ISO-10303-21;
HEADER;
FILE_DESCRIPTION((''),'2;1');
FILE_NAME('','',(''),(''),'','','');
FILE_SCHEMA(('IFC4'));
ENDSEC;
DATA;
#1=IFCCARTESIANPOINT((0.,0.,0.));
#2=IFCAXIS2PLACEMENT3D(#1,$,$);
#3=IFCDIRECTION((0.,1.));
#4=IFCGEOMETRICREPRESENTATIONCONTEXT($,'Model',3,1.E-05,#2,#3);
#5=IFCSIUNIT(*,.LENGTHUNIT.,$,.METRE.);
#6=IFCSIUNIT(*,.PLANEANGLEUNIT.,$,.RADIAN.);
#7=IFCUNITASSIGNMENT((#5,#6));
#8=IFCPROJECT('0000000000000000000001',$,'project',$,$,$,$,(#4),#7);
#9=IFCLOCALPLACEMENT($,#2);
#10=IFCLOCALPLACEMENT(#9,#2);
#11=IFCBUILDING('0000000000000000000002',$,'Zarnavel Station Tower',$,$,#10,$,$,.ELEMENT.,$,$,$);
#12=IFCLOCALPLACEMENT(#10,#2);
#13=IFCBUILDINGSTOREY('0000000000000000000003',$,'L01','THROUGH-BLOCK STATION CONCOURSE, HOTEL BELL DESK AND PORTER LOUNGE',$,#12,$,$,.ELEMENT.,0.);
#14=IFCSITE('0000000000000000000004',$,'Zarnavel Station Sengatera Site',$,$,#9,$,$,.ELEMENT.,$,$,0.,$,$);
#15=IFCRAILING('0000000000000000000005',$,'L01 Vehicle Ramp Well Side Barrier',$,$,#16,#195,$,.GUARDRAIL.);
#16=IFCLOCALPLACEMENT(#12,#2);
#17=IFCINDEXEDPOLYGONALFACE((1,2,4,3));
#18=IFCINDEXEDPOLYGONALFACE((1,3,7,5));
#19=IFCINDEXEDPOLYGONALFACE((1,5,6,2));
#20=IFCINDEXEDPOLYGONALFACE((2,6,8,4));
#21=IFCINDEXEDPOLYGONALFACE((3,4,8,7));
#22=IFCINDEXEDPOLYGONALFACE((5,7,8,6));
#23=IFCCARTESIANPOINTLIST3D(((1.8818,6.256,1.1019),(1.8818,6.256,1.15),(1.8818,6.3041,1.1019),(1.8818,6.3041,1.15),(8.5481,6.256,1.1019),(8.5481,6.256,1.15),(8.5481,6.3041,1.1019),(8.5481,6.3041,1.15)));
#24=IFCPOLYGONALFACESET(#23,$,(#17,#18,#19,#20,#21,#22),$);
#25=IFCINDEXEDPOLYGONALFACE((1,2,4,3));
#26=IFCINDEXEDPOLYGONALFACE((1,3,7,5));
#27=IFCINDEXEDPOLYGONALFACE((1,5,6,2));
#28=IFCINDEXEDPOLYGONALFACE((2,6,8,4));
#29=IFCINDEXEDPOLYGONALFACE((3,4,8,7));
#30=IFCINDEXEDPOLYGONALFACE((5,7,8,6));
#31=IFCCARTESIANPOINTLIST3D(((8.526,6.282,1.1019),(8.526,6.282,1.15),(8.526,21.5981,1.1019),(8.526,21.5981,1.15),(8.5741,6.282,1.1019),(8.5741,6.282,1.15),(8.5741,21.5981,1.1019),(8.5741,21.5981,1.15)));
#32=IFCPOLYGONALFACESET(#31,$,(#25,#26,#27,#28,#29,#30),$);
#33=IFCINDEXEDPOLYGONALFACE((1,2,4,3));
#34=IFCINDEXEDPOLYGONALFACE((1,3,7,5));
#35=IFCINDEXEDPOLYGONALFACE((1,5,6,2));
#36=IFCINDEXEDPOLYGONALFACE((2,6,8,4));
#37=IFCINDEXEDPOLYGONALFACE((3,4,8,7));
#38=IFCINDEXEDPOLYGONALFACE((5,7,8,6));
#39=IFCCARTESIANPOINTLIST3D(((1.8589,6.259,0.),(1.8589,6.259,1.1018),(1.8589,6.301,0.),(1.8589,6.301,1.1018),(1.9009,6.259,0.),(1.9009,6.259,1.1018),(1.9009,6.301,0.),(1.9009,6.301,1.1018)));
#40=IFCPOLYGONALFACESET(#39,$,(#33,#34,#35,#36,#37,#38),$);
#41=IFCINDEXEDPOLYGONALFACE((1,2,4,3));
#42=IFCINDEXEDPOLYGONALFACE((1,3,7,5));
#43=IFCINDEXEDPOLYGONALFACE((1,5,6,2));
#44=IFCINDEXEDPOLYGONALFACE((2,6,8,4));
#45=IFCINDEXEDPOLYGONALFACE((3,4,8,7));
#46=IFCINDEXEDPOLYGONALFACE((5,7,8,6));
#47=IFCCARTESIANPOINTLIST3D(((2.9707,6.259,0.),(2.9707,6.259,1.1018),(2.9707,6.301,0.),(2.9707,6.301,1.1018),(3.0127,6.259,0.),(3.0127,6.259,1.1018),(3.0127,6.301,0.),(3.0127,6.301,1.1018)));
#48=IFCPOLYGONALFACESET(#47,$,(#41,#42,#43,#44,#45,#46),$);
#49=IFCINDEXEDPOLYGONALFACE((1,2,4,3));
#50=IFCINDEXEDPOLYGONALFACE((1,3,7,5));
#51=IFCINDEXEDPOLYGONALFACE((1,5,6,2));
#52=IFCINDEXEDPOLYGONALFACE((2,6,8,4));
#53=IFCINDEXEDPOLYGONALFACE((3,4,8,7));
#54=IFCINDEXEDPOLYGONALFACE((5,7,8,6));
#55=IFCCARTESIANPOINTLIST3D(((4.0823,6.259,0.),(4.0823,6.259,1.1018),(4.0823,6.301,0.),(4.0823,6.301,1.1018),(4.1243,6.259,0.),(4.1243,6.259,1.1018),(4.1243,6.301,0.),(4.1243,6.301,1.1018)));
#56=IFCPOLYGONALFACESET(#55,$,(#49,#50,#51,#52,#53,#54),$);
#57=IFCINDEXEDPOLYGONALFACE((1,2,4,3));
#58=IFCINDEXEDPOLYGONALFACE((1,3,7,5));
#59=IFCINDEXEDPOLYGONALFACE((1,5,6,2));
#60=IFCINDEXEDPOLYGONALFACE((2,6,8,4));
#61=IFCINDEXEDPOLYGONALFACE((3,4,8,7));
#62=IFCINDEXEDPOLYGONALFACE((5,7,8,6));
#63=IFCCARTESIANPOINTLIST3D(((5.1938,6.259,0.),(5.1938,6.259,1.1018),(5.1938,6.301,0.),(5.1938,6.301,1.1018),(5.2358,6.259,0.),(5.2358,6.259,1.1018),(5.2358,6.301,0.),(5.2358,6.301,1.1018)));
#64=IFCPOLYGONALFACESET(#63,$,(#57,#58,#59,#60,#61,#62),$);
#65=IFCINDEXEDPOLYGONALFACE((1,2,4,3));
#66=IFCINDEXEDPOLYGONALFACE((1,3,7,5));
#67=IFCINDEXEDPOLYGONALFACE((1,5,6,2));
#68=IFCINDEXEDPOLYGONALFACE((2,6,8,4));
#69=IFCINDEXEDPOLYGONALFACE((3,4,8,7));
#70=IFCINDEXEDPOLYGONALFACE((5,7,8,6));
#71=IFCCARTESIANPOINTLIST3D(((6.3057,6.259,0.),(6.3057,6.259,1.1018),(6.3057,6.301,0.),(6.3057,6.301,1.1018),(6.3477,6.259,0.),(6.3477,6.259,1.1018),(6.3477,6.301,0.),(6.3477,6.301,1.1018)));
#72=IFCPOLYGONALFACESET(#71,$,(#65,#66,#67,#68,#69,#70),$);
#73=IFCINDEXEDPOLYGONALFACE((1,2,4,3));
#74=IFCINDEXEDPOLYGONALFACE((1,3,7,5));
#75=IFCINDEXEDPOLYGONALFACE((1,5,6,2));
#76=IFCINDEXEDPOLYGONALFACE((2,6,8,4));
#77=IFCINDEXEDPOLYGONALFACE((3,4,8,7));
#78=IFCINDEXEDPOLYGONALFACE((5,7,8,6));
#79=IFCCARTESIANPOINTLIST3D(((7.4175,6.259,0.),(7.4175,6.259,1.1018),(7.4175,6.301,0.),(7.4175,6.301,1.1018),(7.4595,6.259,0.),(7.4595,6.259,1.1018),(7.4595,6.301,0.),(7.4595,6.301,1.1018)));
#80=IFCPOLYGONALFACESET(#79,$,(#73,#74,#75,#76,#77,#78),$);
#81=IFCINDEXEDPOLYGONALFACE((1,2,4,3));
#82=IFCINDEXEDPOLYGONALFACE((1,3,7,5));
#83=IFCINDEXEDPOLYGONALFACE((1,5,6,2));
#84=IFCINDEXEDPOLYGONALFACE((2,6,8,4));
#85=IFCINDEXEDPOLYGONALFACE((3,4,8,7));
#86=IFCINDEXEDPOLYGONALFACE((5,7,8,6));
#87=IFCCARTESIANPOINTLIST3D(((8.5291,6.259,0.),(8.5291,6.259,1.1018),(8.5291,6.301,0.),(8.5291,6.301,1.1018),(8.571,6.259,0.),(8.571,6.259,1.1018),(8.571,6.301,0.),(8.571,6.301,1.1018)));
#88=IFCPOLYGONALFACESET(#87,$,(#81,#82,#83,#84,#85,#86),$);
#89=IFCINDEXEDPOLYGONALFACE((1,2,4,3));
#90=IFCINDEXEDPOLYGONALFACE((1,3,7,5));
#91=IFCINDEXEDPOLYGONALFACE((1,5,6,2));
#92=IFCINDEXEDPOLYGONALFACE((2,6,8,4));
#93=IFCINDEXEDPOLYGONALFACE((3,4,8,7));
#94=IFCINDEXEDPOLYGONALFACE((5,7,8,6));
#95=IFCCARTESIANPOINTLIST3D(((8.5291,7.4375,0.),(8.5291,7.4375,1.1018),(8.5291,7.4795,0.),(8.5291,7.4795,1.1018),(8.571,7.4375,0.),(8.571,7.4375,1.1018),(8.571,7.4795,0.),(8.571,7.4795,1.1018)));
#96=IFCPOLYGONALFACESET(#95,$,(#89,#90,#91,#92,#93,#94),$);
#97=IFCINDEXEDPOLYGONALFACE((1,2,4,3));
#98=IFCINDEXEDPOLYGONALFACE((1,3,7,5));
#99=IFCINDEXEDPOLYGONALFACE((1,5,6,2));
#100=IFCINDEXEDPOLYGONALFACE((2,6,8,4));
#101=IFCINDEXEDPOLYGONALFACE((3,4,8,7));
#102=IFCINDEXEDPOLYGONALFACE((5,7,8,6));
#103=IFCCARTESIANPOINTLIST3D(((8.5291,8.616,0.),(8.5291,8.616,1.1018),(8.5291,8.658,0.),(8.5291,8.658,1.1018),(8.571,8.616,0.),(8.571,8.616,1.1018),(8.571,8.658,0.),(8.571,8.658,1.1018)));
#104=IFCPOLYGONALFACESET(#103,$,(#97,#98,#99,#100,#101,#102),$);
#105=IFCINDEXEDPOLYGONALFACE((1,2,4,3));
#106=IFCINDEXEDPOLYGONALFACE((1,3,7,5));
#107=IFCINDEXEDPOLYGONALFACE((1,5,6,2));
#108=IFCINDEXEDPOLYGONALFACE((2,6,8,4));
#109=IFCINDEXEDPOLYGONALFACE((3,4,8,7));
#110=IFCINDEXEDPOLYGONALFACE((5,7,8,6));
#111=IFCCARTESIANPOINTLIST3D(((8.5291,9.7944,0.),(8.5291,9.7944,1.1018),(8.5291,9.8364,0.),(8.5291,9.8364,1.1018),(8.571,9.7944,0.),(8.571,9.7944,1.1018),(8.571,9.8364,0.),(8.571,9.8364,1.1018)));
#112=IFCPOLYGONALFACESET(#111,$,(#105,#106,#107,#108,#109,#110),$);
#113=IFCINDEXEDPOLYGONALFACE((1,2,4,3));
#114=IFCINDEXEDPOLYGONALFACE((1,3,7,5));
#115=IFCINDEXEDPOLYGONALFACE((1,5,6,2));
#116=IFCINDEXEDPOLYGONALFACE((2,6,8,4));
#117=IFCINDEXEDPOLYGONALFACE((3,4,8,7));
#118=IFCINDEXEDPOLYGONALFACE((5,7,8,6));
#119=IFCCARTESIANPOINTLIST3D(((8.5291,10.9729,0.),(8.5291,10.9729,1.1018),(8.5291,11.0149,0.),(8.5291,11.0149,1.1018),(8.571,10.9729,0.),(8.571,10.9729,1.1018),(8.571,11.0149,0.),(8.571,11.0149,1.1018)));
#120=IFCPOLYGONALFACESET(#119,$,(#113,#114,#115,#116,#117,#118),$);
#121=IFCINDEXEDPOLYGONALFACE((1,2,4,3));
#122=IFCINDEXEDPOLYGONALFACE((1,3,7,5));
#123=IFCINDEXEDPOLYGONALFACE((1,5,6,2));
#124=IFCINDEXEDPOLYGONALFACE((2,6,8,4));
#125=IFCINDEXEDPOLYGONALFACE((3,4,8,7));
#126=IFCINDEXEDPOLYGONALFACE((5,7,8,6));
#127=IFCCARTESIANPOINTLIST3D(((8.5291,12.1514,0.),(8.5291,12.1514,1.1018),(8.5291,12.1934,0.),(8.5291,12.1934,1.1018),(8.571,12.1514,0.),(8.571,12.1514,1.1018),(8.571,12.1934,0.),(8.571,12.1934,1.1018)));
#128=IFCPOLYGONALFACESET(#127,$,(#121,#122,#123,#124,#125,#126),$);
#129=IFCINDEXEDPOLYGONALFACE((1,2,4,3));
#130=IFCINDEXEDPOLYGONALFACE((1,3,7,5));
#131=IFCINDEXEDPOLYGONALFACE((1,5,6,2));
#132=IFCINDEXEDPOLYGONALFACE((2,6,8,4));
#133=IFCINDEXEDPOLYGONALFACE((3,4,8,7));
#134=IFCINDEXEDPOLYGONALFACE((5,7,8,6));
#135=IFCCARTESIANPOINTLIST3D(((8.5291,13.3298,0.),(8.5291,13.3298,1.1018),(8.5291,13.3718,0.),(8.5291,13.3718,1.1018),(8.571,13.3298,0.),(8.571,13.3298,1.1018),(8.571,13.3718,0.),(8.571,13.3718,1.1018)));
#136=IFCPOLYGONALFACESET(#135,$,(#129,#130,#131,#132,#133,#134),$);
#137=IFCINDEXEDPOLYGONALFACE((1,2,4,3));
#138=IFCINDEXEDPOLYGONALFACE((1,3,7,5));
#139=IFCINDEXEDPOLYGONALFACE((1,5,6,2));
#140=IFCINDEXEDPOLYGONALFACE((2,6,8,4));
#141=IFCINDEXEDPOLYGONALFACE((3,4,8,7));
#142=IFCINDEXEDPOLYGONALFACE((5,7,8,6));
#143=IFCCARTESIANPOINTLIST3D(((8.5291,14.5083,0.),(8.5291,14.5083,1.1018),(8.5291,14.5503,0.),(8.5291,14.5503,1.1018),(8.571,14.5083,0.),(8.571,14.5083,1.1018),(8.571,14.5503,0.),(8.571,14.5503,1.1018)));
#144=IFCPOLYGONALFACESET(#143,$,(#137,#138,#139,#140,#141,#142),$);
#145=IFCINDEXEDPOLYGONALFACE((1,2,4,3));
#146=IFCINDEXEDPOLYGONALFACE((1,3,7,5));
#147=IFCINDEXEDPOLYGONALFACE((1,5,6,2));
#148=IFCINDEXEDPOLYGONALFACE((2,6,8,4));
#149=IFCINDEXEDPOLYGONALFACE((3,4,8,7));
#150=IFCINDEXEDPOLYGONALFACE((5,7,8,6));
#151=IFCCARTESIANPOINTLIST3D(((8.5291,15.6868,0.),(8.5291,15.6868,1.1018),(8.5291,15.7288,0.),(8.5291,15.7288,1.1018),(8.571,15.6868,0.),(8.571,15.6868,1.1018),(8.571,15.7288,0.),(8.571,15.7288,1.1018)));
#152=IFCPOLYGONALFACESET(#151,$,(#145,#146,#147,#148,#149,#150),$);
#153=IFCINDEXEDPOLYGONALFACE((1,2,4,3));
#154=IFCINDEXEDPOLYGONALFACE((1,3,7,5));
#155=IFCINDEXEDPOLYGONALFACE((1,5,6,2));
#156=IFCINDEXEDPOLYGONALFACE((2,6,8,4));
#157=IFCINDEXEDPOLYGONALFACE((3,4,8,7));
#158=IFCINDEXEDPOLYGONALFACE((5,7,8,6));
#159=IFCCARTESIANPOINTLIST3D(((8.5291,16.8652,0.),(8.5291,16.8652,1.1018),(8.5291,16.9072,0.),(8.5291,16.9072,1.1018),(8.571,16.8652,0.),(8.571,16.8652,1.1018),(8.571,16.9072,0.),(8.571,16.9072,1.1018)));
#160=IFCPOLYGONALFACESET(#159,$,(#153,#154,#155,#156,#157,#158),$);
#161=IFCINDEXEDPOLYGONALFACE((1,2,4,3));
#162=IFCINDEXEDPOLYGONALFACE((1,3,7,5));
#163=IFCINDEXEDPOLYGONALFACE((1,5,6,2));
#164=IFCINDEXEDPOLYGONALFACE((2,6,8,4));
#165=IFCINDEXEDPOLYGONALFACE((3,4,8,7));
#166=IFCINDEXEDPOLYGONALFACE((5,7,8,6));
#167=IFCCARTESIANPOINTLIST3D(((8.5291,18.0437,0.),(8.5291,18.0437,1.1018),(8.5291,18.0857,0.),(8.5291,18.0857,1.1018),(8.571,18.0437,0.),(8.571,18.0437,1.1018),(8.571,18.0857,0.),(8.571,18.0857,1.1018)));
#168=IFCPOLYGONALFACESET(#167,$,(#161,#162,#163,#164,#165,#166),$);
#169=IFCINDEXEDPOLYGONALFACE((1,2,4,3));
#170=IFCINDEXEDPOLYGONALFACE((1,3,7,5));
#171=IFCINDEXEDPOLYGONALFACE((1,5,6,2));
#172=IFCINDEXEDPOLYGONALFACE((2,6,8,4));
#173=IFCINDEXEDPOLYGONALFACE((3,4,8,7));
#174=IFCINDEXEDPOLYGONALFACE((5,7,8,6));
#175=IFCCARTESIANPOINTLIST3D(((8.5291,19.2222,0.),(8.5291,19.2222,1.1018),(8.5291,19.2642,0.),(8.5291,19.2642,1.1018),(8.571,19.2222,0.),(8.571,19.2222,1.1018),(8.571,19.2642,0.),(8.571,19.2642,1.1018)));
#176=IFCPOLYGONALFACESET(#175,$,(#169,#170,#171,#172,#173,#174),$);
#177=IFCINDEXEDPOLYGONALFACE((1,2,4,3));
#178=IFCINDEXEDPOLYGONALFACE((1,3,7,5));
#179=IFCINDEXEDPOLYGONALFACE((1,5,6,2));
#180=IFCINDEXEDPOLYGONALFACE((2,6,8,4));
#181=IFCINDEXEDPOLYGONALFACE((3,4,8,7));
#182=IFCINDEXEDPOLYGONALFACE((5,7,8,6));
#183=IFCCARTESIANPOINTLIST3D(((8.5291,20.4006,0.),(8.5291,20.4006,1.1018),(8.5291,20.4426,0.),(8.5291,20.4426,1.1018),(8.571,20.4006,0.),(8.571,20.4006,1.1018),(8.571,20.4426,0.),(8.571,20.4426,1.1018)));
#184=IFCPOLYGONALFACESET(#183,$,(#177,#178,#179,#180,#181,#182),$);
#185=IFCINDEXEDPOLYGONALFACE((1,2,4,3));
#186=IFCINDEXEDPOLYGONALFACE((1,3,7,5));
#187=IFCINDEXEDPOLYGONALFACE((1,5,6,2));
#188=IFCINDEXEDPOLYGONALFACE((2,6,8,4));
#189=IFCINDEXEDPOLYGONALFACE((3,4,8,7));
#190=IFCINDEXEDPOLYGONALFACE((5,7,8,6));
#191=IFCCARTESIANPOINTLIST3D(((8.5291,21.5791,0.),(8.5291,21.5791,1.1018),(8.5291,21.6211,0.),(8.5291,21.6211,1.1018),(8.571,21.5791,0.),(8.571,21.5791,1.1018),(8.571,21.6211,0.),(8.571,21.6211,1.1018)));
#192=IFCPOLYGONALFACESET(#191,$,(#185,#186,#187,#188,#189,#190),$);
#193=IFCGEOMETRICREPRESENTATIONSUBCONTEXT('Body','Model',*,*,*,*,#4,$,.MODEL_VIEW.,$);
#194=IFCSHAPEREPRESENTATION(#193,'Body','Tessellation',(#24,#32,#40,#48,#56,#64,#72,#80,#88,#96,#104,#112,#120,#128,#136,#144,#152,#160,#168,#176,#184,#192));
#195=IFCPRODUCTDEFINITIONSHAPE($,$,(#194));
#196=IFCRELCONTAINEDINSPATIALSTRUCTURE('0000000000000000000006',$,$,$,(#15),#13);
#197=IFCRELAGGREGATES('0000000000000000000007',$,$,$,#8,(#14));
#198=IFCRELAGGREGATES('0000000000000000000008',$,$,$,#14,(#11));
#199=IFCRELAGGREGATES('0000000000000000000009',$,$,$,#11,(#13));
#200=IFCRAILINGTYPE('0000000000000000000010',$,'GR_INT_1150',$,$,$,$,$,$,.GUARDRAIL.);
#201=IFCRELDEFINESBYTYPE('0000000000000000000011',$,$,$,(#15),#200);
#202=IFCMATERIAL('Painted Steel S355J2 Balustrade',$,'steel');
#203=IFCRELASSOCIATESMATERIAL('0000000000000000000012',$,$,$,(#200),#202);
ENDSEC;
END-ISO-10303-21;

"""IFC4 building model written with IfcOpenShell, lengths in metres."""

from ifc_helpers import new_model, si_unit, direction, frame, origin, origin_2d, place, context, subcontext, project, spatial, rectangle, extrude, material, type_object, element, save


model = new_model("IFC4")

# Units and contexts
model_context = context("Model", 3, precision=1e-05, world=origin(), true_north=direction((0.0, 1.0)))
body_context = subcontext(model_context, "Body", "Model", "MODEL_VIEW")
ifc_project = project(units=[si_unit("LENGTHUNIT", "METRE"), si_unit("PLANEANGLEUNIT", "RADIAN")], contexts=[model_context])

# Site, building, storey
site_placement = place(None, origin())
site = spatial("IfcSite", under=ifc_project, at=site_placement, Name="Zarnavel Station Sengatera Site", CompositionType="ELEMENT", RefElevation=0.0)
building_placement = place(site_placement, origin())
building = spatial("IfcBuilding", under=site, at=building_placement, Name="Zarnavel Station Tower", CompositionType="ELEMENT")
storey_placement = place(building_placement, origin())
storey = spatial("IfcBuildingStorey", under=building, at=storey_placement, Name="L01", Description="THROUGH-BLOCK STATION CONCOURSE, HOTEL BELL DESK AND PORTER LOUNGE", CompositionType="ELEMENT", Elevation=0.0)

# Railing
ifc_material_1 = material(Name="Painted Steel S355J2 Balustrade", Category="steel")
railing_type = type_object("IfcRailingType", Name="GR_INT_1150", PredefinedType="GUARDRAIL", material=ifc_material_1)
railing_placement = place(storey_placement, frame((1.8799, 6.28, 0.0)))
element("IfcRailing", 1, at=railing_placement, inside=storey, type_object=railing_type, Name="L01 Vehicle Ramp Well Side Barrier", PredefinedType="GUARDRAIL", context=body_context, shape_type="SweptSolid", body=[
    extrude(rectangle(XDim=0.0481, YDim=0.0481, at=origin_2d()), frame((0.002, 0.0, 1.126), z_axis=(1.0, 0.0, 0.0), x_axis=(0.0, 1.0, 0.0)), (0.0, 0.0, 1.0), 6.6663),
    extrude(rectangle(XDim=0.0481, YDim=0.0481, at=origin_2d()), frame((6.6702, 0.002, 1.126), z_axis=(0.0, 1.0, 0.0), x_axis=(-1.0, 0.0, 0.0)), (0.0, 0.0, 1.0), 15.3162),
    extrude(rectangle(XDim=0.042, YDim=0.042, at=origin_2d()), origin(), (0.0, 0.0, 1.0), 1.1018),
    extrude(rectangle(XDim=0.042, YDim=0.042, at=origin_2d()), frame((1.1118, 0.0, 0.0)), (0.0, 0.0, 1.0), 1.1018),
    extrude(rectangle(XDim=0.042, YDim=0.042, at=origin_2d()), frame((2.2234, 0.0, 0.0)), (0.0, 0.0, 1.0), 1.1018),
    extrude(rectangle(XDim=0.042, YDim=0.042, at=origin_2d()), frame((3.335, 0.0, 0.0)), (0.0, 0.0, 1.0), 1.1018),
    extrude(rectangle(XDim=0.042, YDim=0.042, at=origin_2d()), frame((4.4468, 0.0, 0.0)), (0.0, 0.0, 1.0), 1.1018),
    extrude(rectangle(XDim=0.042, YDim=0.042, at=origin_2d()), frame((5.5586, 0.0, 0.0)), (0.0, 0.0, 1.0), 1.1018),
    extrude(rectangle(XDim=0.042, YDim=0.042, at=origin_2d()), frame((6.6702, 0.0, 0.0)), (0.0, 0.0, 1.0), 1.1018),
    extrude(rectangle(XDim=0.042, YDim=0.042, at=origin_2d()), frame((6.6702, 1.1785, 0.0)), (0.0, 0.0, 1.0), 1.1018),
    extrude(rectangle(XDim=0.042, YDim=0.042, at=origin_2d()), frame((6.6702, 2.3569, 0.0)), (0.0, 0.0, 1.0), 1.1018),
    extrude(rectangle(XDim=0.042, YDim=0.042, at=origin_2d()), frame((6.6702, 3.5354, 0.0)), (0.0, 0.0, 1.0), 1.1018),
    extrude(rectangle(XDim=0.042, YDim=0.042, at=origin_2d()), frame((6.6702, 4.7139, 0.0)), (0.0, 0.0, 1.0), 1.1018),
    extrude(rectangle(XDim=0.042, YDim=0.042, at=origin_2d()), frame((6.6702, 5.8923, 0.0)), (0.0, 0.0, 1.0), 1.1018),
    extrude(rectangle(XDim=0.042, YDim=0.042, at=origin_2d()), frame((6.6702, 7.0708, 0.0)), (0.0, 0.0, 1.0), 1.1018),
    extrude(rectangle(XDim=0.042, YDim=0.042, at=origin_2d()), frame((6.6702, 8.2493, 0.0)), (0.0, 0.0, 1.0), 1.1018),
    extrude(rectangle(XDim=0.042, YDim=0.042, at=origin_2d()), frame((6.6702, 9.4277, 0.0)), (0.0, 0.0, 1.0), 1.1018),
    extrude(rectangle(XDim=0.042, YDim=0.042, at=origin_2d()), frame((6.6702, 10.6062, 0.0)), (0.0, 0.0, 1.0), 1.1018),
    extrude(rectangle(XDim=0.042, YDim=0.042, at=origin_2d()), frame((6.6702, 11.7847, 0.0)), (0.0, 0.0, 1.0), 1.1018),
    extrude(rectangle(XDim=0.042, YDim=0.042, at=origin_2d()), frame((6.6702, 12.9631, 0.0)), (0.0, 0.0, 1.0), 1.1018),
    extrude(rectangle(XDim=0.042, YDim=0.042, at=origin_2d()), frame((6.6702, 14.1416, 0.0)), (0.0, 0.0, 1.0), 1.1018),
    extrude(rectangle(XDim=0.042, YDim=0.042, at=origin_2d()), frame((6.6702, 15.3201, 0.0)), (0.0, 0.0, 1.0), 1.1018),
])

save(model, "model.ifc")
